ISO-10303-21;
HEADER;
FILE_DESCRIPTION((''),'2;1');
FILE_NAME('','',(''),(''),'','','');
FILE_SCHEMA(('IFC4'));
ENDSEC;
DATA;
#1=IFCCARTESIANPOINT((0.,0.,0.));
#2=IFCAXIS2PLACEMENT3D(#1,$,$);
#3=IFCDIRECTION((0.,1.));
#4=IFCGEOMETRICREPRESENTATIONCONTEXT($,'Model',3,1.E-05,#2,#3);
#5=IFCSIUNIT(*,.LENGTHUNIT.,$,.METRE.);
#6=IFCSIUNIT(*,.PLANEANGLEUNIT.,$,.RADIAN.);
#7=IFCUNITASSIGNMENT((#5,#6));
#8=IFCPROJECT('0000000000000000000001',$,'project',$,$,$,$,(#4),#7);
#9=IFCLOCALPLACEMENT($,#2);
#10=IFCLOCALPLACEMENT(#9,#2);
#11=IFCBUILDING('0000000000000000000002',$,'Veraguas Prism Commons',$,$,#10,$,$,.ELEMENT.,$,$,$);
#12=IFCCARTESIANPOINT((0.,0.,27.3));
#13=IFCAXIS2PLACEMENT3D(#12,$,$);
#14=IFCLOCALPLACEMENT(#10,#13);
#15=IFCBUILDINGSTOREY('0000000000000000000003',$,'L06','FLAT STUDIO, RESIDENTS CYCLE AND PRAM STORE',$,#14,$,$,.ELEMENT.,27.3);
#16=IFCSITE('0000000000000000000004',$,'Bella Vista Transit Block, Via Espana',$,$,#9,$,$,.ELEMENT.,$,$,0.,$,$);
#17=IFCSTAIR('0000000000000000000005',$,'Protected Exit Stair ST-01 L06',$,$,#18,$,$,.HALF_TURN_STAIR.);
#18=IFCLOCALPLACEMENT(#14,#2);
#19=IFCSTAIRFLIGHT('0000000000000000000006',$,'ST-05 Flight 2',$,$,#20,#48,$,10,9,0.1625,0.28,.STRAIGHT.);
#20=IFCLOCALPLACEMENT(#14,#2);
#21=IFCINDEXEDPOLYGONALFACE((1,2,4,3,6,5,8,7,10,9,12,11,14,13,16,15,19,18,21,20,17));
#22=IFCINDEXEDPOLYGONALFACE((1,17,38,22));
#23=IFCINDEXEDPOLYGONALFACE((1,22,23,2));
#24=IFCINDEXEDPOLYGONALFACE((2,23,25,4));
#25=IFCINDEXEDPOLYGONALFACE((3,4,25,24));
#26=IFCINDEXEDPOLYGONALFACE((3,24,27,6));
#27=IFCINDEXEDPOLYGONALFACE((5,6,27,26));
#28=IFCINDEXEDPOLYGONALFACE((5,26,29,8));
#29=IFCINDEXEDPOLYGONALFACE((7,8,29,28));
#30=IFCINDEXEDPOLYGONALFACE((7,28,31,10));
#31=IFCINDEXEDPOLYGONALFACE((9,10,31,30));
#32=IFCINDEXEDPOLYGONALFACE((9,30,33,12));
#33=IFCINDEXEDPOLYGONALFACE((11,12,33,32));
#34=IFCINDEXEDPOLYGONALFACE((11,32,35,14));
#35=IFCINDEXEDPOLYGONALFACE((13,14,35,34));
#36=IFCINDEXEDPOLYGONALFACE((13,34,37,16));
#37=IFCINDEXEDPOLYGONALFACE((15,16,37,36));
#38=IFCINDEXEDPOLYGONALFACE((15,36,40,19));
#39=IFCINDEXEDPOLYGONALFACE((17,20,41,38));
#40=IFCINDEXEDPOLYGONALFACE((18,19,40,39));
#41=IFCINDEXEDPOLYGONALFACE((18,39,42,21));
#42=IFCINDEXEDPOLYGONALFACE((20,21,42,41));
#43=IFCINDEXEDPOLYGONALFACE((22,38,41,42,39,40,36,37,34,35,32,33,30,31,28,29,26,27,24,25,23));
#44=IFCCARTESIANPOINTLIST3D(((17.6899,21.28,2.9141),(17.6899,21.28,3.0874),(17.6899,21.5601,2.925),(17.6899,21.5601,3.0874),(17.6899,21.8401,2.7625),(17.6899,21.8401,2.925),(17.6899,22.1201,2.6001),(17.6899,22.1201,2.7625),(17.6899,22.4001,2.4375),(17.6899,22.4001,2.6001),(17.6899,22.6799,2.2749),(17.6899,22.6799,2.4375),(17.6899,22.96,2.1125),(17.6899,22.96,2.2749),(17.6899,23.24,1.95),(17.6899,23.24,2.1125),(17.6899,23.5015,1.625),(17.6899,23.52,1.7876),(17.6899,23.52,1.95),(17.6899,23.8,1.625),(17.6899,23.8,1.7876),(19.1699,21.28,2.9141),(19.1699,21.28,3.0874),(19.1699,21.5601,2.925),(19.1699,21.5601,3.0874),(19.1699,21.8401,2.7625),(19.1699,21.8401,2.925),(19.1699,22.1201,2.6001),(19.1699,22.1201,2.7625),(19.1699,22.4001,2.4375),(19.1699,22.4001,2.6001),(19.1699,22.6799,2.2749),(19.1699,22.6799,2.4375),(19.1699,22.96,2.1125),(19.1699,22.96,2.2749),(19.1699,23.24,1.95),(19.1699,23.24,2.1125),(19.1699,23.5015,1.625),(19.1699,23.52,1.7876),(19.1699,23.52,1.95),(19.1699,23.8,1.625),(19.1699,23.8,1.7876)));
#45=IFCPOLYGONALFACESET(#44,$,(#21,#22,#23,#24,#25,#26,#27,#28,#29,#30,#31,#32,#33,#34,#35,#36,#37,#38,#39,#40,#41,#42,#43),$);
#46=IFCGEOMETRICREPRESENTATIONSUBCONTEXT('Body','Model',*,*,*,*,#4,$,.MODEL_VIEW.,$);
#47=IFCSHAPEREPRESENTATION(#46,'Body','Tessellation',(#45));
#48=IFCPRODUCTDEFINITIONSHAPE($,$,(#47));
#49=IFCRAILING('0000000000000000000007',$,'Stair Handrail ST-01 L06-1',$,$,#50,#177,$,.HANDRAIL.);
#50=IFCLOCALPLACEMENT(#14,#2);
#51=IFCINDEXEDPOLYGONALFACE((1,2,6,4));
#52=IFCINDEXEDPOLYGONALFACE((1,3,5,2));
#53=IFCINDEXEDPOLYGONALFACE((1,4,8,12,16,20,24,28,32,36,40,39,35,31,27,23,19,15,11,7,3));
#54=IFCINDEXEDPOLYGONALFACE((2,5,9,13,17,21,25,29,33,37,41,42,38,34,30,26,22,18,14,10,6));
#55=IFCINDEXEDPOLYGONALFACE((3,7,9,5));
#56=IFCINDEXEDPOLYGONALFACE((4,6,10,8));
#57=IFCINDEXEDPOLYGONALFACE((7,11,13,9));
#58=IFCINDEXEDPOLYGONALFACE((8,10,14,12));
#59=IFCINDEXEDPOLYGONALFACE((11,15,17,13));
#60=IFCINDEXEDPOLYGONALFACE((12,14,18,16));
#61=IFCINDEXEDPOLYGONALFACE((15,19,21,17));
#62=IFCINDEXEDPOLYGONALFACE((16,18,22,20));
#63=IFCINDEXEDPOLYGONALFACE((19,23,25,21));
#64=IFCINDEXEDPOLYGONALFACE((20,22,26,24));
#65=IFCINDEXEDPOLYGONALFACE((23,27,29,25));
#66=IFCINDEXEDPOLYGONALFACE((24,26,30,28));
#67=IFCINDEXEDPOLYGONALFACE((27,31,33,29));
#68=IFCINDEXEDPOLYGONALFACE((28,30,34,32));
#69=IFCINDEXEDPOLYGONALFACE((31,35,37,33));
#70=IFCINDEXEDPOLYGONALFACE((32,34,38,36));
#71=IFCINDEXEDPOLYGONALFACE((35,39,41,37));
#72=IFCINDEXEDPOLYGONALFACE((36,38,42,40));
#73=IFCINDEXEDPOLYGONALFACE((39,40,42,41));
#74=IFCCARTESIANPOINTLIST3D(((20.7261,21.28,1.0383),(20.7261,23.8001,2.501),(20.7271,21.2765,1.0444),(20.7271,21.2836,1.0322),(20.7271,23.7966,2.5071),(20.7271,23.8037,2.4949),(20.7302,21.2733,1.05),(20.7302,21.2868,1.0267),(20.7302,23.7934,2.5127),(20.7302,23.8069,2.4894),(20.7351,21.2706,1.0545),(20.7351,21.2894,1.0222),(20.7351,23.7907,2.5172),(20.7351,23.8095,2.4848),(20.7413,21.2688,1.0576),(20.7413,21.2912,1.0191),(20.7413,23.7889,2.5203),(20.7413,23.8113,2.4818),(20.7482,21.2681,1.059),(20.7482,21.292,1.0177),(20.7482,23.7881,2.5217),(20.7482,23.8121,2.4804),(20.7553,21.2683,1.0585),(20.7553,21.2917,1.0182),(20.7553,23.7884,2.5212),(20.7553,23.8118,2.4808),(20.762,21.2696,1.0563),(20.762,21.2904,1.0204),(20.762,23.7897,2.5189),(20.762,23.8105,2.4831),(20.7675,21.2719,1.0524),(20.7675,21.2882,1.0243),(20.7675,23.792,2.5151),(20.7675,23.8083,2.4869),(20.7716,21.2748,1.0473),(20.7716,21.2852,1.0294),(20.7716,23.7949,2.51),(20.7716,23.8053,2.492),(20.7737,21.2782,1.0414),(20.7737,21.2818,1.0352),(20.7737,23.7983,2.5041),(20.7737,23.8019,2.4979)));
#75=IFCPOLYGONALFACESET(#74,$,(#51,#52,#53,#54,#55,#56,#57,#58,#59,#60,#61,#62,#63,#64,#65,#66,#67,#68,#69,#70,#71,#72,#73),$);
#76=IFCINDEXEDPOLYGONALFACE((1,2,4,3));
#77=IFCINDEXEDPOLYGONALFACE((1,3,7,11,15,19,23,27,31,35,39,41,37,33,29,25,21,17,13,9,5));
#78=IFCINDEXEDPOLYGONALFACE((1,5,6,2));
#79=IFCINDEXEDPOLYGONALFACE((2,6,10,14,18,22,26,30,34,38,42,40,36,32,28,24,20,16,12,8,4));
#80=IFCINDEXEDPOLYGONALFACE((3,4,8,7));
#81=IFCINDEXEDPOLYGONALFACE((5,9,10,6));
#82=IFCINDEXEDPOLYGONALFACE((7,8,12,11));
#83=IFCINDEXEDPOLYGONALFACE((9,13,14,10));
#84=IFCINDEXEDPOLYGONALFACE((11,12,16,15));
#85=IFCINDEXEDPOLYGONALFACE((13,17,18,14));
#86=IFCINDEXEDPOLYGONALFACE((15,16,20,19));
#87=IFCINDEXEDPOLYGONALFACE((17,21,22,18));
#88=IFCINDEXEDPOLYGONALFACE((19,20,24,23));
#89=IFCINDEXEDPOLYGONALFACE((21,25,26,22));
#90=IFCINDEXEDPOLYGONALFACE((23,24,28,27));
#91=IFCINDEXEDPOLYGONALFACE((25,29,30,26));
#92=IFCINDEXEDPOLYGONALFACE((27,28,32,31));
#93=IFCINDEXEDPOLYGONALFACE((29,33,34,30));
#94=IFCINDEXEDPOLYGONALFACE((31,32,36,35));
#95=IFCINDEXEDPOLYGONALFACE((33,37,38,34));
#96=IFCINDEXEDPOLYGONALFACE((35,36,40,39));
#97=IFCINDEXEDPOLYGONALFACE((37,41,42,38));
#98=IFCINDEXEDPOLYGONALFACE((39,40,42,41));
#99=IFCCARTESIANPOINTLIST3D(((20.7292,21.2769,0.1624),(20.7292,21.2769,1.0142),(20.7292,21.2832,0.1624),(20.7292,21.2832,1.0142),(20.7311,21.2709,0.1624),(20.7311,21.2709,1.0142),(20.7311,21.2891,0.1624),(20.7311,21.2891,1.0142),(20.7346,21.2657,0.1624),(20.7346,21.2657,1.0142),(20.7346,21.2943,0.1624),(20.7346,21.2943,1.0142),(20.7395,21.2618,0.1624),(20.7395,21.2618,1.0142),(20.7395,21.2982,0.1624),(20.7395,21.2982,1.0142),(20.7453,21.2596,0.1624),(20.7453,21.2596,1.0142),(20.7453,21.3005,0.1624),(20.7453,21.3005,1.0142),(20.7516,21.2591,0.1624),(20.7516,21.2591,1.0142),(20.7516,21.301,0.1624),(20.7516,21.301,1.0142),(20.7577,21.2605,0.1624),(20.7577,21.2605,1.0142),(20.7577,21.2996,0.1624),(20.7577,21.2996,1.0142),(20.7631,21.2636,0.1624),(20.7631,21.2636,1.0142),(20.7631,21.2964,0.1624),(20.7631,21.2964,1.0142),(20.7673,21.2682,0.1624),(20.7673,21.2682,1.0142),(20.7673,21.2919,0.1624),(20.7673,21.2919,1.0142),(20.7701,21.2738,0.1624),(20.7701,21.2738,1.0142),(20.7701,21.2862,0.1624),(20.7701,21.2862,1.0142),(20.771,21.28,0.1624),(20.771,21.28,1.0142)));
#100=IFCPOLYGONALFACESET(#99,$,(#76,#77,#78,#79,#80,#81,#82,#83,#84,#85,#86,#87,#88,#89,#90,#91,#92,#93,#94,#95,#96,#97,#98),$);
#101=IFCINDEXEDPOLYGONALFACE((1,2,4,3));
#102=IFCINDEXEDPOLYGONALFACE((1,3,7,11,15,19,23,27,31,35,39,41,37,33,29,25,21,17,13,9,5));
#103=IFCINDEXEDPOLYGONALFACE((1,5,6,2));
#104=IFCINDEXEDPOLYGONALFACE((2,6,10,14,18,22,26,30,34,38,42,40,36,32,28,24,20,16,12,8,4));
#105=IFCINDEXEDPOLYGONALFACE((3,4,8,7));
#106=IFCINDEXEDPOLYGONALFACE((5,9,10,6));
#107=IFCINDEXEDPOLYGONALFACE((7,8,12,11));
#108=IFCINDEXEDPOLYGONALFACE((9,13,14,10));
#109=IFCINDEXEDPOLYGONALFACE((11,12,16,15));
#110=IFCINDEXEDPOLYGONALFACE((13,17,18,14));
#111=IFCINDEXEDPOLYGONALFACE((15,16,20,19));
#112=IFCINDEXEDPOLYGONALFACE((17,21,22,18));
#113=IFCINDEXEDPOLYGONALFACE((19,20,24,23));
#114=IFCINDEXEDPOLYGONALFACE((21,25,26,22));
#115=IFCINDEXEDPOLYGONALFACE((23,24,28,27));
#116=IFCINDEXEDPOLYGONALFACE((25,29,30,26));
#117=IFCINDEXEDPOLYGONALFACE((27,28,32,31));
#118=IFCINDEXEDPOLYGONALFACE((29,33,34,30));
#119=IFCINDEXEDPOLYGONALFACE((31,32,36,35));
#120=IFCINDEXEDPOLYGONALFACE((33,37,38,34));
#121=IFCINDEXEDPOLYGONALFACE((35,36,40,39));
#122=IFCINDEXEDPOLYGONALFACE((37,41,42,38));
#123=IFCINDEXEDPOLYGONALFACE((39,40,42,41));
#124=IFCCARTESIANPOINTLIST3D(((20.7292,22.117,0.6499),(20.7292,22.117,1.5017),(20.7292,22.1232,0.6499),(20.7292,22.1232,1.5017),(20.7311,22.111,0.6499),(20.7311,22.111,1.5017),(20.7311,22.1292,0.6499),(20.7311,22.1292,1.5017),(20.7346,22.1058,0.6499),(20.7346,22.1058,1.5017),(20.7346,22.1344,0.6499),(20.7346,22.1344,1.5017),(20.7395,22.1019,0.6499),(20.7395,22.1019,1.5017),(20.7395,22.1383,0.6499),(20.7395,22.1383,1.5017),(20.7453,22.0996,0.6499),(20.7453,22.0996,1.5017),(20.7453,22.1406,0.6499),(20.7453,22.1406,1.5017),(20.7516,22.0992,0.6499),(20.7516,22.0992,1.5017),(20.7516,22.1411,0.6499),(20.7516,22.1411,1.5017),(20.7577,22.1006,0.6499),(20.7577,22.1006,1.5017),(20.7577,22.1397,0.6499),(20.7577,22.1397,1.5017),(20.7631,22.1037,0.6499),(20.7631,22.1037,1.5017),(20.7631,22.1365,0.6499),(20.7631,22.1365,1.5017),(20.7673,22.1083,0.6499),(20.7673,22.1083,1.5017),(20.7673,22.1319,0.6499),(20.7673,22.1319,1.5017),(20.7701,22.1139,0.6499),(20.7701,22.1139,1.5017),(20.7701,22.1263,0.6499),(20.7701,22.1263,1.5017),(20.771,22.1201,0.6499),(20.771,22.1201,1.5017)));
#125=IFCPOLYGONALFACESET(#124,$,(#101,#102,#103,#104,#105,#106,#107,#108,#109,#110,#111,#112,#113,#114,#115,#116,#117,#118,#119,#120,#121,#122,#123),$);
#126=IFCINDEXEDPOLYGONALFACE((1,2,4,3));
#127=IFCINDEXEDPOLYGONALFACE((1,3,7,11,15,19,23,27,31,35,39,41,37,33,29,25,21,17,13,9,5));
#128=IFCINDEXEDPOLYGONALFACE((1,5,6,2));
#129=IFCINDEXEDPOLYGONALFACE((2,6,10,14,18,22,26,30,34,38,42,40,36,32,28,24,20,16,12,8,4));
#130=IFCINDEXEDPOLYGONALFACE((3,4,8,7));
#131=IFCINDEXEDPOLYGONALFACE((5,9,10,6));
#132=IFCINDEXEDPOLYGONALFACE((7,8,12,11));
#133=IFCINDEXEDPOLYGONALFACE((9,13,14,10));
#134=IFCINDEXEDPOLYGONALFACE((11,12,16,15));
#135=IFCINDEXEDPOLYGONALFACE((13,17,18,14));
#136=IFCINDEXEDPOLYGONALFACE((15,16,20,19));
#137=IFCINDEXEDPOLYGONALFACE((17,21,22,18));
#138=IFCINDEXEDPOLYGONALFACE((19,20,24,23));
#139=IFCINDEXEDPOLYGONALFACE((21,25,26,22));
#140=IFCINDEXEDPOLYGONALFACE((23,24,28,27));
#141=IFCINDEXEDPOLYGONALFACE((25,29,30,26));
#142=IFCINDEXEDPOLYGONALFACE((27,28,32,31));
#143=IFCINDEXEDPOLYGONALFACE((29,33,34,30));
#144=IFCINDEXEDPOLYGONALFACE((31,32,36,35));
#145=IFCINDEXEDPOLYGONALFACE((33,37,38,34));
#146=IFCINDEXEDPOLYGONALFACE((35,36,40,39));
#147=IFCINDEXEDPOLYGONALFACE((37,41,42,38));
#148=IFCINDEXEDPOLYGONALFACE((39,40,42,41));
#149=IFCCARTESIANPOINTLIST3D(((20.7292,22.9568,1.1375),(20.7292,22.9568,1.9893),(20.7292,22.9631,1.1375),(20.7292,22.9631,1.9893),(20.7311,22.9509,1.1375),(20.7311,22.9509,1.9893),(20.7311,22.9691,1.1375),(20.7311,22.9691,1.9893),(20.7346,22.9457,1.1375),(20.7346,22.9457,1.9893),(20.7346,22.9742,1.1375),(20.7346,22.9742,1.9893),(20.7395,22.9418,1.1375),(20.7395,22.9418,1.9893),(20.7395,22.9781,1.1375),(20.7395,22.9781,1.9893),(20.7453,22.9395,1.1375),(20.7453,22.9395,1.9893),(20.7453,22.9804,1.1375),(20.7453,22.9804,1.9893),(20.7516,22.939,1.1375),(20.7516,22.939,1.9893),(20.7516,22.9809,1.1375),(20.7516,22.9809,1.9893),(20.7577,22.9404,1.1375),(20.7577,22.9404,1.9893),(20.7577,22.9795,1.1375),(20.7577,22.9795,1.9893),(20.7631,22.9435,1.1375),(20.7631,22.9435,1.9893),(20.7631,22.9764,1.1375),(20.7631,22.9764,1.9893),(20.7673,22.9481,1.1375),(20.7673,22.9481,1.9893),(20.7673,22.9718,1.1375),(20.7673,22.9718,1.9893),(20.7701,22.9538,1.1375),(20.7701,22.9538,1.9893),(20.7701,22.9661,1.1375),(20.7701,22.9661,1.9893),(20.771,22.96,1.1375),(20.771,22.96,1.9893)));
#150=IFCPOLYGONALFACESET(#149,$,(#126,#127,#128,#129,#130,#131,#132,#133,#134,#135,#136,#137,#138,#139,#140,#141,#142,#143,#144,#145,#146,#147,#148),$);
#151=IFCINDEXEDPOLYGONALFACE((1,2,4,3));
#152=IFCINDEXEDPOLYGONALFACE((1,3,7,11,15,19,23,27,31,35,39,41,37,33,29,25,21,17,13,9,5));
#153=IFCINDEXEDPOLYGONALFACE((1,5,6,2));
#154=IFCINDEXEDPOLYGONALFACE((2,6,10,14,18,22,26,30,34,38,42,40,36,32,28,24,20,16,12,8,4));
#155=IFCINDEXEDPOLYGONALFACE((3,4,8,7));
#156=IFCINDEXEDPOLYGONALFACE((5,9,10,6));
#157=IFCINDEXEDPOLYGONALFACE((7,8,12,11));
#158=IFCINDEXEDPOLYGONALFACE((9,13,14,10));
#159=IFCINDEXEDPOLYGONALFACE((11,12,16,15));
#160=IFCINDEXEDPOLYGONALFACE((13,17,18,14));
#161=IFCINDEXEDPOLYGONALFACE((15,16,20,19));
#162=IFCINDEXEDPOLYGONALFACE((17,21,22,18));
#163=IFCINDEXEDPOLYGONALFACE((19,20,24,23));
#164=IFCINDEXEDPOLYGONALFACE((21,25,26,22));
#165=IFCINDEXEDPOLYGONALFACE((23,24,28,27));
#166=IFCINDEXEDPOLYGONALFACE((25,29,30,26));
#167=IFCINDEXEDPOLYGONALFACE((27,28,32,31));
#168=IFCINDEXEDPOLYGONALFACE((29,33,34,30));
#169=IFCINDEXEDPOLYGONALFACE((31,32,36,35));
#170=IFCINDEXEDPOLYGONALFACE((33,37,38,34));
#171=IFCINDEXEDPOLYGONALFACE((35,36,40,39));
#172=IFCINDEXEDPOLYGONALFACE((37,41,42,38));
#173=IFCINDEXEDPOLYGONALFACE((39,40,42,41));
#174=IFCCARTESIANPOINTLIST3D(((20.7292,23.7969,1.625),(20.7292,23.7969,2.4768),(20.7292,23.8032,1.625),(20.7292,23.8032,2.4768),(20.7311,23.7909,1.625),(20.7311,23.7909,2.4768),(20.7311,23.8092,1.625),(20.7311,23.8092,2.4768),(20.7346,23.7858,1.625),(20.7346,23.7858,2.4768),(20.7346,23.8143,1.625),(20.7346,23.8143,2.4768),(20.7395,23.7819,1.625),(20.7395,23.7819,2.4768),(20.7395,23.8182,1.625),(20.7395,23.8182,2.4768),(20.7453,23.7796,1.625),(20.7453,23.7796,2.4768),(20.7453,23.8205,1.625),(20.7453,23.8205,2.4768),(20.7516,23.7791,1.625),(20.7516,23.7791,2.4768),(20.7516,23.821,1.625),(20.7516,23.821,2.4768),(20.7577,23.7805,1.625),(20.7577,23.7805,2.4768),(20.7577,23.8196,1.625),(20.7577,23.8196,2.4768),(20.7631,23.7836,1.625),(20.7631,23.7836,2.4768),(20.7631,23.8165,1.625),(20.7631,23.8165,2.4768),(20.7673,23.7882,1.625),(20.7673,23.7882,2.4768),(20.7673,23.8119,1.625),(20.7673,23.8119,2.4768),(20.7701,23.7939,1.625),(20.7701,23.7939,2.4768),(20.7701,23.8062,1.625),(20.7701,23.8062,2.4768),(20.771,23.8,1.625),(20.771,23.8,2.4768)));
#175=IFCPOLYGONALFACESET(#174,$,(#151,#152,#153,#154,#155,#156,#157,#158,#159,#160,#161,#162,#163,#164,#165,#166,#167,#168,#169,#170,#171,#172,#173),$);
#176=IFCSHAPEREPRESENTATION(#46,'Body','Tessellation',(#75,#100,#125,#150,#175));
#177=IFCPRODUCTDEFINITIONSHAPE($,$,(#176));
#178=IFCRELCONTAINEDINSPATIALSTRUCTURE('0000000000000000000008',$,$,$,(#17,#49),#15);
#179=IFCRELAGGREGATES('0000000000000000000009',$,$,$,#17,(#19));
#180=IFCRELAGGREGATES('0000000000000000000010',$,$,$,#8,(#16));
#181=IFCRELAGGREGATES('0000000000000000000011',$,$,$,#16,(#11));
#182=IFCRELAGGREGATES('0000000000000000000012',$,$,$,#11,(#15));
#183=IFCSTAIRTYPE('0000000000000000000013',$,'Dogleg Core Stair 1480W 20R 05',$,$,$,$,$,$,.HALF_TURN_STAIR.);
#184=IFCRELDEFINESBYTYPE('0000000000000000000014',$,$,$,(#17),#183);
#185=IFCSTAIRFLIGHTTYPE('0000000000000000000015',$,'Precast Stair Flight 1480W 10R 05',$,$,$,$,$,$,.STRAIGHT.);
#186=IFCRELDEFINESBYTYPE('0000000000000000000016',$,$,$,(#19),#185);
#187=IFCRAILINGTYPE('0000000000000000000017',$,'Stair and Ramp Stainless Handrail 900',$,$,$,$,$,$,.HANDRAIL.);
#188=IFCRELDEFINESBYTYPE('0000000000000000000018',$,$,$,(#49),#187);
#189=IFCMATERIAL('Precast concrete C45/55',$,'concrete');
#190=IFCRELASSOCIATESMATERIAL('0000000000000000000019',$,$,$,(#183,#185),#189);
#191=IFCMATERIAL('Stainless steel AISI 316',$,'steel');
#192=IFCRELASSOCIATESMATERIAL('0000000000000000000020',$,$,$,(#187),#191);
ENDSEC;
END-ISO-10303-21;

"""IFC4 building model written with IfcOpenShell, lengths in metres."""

from ifc_helpers import new_model, si_unit, direction, frame, origin, origin_2d, place, context, subcontext, project, spatial, polyline, circle, outline, extrude, material, type_object, element, aggregate, save


model = new_model("IFC4")

# Units and contexts
model_context = context("Model", 3, precision=1e-05, world=origin(), true_north=direction((0.0, 1.0)))
body_context = subcontext(model_context, "Body", "Model", "MODEL_VIEW")
ifc_project = project(units=[si_unit("LENGTHUNIT", "METRE"), si_unit("PLANEANGLEUNIT", "RADIAN")], contexts=[model_context])

# Site, building, storey
site_placement = place(None, origin())
site = spatial("IfcSite", under=ifc_project, at=site_placement, Name="Bella Vista Transit Block, Via Espana", CompositionType="ELEMENT", RefElevation=0.0)
building_placement = place(site_placement, origin())
building = spatial("IfcBuilding", under=site, at=building_placement, Name="Veraguas Prism Commons", CompositionType="ELEMENT")
storey_placement = place(building_placement, frame((0.0, 0.0, 27.3)))
storey = spatial("IfcBuildingStorey", under=building, at=storey_placement, Name="L06", Description="FLAT STUDIO, RESIDENTS CYCLE AND PRAM STORE", CompositionType="ELEMENT", Elevation=27.3)

# Stair, stair flight
ifc_material_1 = material(Name="Precast concrete C45/55", Category="concrete")
stair_type = type_object("IfcStairType", Name="Dogleg Core Stair 1480W 20R 05", PredefinedType="HALF_TURN_STAIR", material=ifc_material_1)
stair_placement = place(storey_placement, origin())
stair = element("IfcStair", 1, at=stair_placement, inside=storey, type_object=stair_type, Name="Protected Exit Stair ST-01 L06", PredefinedType="HALF_TURN_STAIR")
stair_flight_type = type_object("IfcStairFlightType", Name="Precast Stair Flight 1480W 10R 05", PredefinedType="STRAIGHT", material=ifc_material_1)
stair_flight_1_placement = place(storey_placement, frame((18.4299, 23.8, 1.625), z_axis=(0.0, 0.0, 1.0), x_axis=(0.0, -1.0, 0.0)))
stair_flight_1 = element("IfcStairFlight", 2, at=stair_flight_1_placement, type_object=stair_flight_type, Name="ST-05 Flight 2", NumberOfRisers=10, NumberOfTreads=9, PredefinedType="STRAIGHT", RiserHeight=0.1625, TreadLength=0.28, context=body_context, shape_type="SweptSolid", body=[
    extrude(outline(polyline([(0.0, 0.0), (0.0, 0.1626), (0.28, 0.1626), (0.28, 0.325), (0.5601, 0.325), (0.5601, 0.4875), (0.8401, 0.4875), (0.8401, 0.6499), (1.1201, 0.6499), (1.1201, 0.8125), (1.3999, 0.8125), (1.3999, 0.9751), (1.6799, 0.9751), (1.6799, 1.1375), (1.96, 1.1375), (1.96, 1.3), (2.24, 1.3), (2.24, 1.4624), (2.52, 1.4624), (2.52, 1.625), (2.52, 1.2891), (0.2986, 0.0), (0.0, 0.0)])), frame((0.0, 0.74, 0.0), z_axis=(0.0, -1.0, 0.0), x_axis=(1.0, 0.0, 0.0)), (0.0, 0.0, 1.0), 1.48),
])
aggregate(stair, [stair_flight_1])

# Railing
ifc_material_2 = material(Name="Stainless steel AISI 316", Category="steel")
railing_type_1 = type_object("IfcRailingType", Name="Stair and Ramp Stainless Handrail 900", PredefinedType="HANDRAIL", material=ifc_material_2)
railing_1_placement = place(storey_placement, frame((20.75, 21.28, 0.1624)))
element("IfcRailing", 3, at=railing_1_placement, inside=storey, type_object=railing_type_1, Name="Stair Handrail ST-01 L06-1", PredefinedType="HANDRAIL", context=body_context, shape_type="SweptSolid", body=[
    extrude(circle(Radius=0.0239, at=origin_2d()), frame((0.0, 0.0, 0.876), z_axis=(0.0, 0.864877, 0.501984), x_axis=(-1.0, 0.0, 0.0)), (0.0, 0.0, 1.0), 2.9138),
    extrude(circle(Radius=0.021, at=origin_2d()), origin(), (0.0, 0.0, 1.0), 0.8518),
    extrude(circle(Radius=0.021, at=origin_2d()), frame((0.0, 0.8401, 0.4875)), (0.0, 0.0, 1.0), 0.8518),
    extrude(circle(Radius=0.021, at=origin_2d()), frame((0.0, 1.6799, 0.9751)), (0.0, 0.0, 1.0), 0.8518),
    extrude(circle(Radius=0.021, at=origin_2d()), frame((0.0, 2.52, 1.4626)), (0.0, 0.0, 1.0), 0.8518),
])

save(model, "model.ifc")
